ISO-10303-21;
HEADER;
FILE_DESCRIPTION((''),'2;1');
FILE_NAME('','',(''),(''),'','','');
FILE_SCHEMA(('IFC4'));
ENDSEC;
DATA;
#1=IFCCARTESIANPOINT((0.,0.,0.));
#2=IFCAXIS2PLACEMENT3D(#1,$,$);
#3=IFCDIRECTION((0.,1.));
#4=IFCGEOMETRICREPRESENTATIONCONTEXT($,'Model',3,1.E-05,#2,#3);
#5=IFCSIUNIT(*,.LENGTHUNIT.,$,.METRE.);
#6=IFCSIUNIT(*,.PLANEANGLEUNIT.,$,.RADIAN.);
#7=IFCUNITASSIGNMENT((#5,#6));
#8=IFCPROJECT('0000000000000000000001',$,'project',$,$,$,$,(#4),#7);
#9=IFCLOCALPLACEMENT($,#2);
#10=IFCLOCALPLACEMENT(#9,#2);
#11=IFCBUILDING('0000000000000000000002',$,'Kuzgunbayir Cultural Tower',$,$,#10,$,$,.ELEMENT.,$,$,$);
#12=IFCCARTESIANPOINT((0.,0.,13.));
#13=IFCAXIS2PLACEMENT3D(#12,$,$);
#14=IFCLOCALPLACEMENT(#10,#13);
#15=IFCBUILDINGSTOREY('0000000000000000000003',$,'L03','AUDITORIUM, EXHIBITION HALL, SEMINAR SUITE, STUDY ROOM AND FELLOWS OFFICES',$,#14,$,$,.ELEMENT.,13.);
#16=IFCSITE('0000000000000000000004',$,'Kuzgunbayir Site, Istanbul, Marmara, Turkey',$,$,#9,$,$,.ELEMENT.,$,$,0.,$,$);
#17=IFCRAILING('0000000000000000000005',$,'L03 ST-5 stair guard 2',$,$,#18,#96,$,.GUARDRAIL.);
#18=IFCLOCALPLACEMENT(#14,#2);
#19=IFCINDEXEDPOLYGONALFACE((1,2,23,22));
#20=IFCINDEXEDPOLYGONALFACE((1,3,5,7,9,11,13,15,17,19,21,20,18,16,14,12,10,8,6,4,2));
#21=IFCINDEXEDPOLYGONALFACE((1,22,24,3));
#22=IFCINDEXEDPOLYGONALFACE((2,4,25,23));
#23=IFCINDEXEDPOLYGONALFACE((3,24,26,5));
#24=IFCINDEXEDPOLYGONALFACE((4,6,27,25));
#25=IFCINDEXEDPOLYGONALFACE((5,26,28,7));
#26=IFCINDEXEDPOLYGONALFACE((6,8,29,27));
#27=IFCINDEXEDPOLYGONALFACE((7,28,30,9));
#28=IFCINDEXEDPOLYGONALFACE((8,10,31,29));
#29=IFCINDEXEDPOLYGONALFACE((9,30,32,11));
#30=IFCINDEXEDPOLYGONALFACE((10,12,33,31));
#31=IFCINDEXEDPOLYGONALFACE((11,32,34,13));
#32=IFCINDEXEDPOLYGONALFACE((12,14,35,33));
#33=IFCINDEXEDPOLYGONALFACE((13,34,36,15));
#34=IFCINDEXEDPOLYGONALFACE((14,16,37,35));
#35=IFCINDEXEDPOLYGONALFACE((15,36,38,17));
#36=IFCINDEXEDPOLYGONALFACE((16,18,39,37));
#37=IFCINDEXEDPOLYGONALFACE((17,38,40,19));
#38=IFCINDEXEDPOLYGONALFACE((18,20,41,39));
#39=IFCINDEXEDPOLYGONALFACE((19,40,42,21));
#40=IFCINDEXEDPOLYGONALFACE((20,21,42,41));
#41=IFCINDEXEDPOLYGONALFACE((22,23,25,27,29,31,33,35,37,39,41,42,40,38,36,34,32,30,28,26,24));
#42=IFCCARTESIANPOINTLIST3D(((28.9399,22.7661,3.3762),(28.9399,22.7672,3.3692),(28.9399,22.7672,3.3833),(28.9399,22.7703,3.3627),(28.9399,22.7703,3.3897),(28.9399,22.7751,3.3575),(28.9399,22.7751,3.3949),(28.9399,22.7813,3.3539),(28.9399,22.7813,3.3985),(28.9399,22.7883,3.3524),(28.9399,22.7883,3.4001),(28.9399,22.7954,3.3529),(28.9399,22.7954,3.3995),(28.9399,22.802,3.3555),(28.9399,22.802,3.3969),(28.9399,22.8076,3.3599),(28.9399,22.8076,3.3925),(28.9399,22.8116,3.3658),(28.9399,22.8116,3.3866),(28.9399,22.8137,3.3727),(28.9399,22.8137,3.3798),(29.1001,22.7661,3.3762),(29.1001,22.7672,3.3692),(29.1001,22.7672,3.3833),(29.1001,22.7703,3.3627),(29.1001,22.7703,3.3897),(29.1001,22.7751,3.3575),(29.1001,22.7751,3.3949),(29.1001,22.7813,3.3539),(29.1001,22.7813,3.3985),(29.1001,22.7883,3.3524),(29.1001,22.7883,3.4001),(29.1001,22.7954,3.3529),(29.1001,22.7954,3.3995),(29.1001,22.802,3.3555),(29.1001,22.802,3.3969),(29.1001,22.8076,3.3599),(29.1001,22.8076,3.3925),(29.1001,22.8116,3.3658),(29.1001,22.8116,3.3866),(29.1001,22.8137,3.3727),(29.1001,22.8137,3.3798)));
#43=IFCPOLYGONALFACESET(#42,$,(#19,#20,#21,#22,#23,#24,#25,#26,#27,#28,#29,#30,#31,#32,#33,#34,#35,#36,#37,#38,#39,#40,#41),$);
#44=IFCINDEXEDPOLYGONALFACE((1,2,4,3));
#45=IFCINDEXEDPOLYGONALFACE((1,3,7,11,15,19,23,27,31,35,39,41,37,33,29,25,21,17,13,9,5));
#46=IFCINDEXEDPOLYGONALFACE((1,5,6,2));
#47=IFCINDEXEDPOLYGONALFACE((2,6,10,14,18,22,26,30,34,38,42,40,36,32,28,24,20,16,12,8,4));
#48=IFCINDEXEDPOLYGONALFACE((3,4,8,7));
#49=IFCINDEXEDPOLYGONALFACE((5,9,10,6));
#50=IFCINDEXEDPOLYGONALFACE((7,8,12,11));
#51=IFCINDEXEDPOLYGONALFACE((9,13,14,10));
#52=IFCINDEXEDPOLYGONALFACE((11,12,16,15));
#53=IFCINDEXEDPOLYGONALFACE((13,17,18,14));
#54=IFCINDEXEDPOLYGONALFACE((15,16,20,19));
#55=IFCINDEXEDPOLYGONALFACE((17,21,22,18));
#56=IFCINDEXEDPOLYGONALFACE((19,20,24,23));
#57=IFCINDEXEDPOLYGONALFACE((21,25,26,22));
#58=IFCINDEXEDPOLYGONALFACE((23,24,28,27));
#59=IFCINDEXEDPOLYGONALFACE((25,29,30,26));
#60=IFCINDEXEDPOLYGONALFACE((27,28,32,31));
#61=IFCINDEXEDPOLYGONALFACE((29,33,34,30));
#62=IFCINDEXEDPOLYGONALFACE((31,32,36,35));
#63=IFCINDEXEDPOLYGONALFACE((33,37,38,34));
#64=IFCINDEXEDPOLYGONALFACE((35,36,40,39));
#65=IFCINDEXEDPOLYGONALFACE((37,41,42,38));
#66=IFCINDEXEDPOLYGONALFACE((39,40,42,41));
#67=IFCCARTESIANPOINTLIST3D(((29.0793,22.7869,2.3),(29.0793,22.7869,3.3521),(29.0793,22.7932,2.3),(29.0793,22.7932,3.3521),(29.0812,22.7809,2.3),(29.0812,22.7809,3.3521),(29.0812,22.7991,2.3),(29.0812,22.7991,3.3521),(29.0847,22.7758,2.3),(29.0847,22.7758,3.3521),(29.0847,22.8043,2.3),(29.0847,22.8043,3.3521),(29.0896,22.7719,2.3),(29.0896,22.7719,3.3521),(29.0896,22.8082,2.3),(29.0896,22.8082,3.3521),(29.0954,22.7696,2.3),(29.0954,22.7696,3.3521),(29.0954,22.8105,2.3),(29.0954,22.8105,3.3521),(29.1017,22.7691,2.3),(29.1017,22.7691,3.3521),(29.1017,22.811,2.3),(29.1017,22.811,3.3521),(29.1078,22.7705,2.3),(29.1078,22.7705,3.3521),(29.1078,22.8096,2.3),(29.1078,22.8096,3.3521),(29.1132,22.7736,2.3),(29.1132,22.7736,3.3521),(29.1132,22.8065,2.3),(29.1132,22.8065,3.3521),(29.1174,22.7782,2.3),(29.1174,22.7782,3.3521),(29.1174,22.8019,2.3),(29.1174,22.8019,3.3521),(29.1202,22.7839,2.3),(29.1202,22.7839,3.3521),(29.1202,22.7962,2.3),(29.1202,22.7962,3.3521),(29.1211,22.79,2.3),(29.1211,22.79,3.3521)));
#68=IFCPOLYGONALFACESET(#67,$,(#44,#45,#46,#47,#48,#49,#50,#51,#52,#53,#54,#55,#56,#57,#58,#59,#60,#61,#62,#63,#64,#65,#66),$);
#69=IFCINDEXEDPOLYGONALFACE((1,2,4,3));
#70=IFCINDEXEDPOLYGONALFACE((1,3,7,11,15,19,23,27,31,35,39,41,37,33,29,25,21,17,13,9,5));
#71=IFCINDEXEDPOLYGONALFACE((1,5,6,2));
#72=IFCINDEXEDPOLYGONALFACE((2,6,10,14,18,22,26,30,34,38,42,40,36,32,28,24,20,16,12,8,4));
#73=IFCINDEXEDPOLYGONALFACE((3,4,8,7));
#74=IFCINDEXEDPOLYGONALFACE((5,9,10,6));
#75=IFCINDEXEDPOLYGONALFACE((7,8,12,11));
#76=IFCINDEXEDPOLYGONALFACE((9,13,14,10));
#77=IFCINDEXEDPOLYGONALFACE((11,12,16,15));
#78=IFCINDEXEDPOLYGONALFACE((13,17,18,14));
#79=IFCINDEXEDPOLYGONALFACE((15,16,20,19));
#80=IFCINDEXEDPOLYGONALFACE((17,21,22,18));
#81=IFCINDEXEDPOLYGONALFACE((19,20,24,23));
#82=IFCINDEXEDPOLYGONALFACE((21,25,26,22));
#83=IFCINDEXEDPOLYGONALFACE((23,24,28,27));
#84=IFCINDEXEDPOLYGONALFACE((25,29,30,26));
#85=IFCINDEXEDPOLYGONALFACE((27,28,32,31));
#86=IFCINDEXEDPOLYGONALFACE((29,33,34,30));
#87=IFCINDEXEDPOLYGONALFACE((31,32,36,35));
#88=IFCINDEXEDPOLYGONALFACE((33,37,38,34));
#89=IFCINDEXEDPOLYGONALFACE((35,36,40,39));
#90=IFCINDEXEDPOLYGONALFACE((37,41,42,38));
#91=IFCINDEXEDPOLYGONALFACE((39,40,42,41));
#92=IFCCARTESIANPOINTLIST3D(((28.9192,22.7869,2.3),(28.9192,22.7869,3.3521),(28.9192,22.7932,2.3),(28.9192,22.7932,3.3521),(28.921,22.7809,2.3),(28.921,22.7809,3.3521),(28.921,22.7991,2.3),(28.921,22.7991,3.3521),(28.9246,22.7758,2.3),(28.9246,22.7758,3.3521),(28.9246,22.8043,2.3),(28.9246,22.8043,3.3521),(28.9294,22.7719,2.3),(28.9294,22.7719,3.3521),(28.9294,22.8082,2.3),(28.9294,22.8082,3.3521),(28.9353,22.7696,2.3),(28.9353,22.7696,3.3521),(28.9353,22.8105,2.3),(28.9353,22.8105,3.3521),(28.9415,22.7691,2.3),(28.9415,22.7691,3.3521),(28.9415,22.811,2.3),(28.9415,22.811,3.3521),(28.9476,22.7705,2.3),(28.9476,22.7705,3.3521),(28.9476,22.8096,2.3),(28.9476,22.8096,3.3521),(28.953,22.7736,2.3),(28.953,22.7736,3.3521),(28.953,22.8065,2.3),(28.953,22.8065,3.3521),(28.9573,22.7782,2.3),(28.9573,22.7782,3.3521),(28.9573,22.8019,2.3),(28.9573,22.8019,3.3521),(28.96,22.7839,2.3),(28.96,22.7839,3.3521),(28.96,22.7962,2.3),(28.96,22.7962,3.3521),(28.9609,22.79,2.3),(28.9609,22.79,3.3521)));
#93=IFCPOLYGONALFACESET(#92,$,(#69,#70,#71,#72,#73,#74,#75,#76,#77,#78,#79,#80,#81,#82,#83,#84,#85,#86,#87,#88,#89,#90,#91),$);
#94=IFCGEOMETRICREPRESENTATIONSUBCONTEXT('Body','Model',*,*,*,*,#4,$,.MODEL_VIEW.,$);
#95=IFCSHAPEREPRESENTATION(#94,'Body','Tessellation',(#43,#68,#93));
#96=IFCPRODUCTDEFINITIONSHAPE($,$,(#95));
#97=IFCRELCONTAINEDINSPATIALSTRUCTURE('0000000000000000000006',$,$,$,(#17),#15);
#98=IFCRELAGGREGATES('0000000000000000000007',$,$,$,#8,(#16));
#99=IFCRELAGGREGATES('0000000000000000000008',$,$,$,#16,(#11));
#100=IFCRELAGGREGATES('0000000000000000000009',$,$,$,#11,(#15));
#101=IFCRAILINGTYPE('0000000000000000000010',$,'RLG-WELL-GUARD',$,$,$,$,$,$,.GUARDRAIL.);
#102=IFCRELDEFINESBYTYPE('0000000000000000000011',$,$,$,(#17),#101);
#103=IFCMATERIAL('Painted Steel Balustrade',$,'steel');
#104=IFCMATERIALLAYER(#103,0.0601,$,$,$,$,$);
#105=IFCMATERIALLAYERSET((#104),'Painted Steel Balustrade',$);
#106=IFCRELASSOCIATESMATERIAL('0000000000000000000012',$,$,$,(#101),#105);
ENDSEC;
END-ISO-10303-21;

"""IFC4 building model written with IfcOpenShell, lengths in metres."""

from ifc_helpers import new_model, si_unit, direction, frame, origin, origin_2d, place, context, subcontext, project, spatial, circle, extrude, material, layer, layer_set, type_object, element, save


model = new_model("IFC4")

# Units and contexts
model_context = context("Model", 3, precision=1e-05, world=origin(), true_north=direction((0.0, 1.0)))
body_context = subcontext(model_context, "Body", "Model", "MODEL_VIEW")
ifc_project = project(units=[si_unit("LENGTHUNIT", "METRE"), si_unit("PLANEANGLEUNIT", "RADIAN")], contexts=[model_context])

# Site, building, storey
site_placement = place(None, origin())
site = spatial("IfcSite", under=ifc_project, at=site_placement, Name="Kuzgunbayir Site, Istanbul, Marmara, Turkey", CompositionType="ELEMENT", RefElevation=0.0)
building_placement = place(site_placement, origin())
building = spatial("IfcBuilding", under=site, at=building_placement, Name="Kuzgunbayir Cultural Tower", CompositionType="ELEMENT")
storey_placement = place(building_placement, frame((0.0, 0.0, 13.0)))
storey = spatial("IfcBuildingStorey", under=building, at=storey_placement, Name="L03", Description="AUDITORIUM, EXHIBITION HALL, SEMINAR SUITE, STUDY ROOM AND FELLOWS OFFICES", CompositionType="ELEMENT", Elevation=13.0)

# Railing
ifc_material_1 = material(Name="Painted Steel Balustrade", Category="steel")
ifc_layer_1 = layer(ifc_material_1, 0.0601)
ifc_layer_set_1 = layer_set([ifc_layer_1], Name="Painted Steel Balustrade")
railing_type_1 = type_object("IfcRailingType", Name="RLG-WELL-GUARD", PredefinedType="GUARDRAIL", material=ifc_layer_set_1)
railing_1_placement = place(storey_placement, frame((29.1001, 22.79, 2.3)))
element("IfcRailing", 1, at=railing_1_placement, inside=storey, type_object=railing_type_1, Name="L03 ST-5 stair guard 2", PredefinedType="GUARDRAIL", context=body_context, shape_type="SweptSolid", body=[
    extrude(circle(Radius=0.0239, at=origin_2d()), frame((0.0, 0.0, 1.0762), z_axis=(-1.0, 0.0, 0.0), x_axis=(0.0, -1.0, 0.0)), (0.0, 0.0, 1.0), 0.1602),
    extrude(circle(Radius=0.021, at=origin_2d()), origin(), (0.0, 0.0, 1.0), 1.052),
    extrude(circle(Radius=0.021, at=origin_2d()), frame((-0.1602, 0.0, 0.0)), (0.0, 0.0, 1.0), 1.052),
])

save(model, "model.ifc")
